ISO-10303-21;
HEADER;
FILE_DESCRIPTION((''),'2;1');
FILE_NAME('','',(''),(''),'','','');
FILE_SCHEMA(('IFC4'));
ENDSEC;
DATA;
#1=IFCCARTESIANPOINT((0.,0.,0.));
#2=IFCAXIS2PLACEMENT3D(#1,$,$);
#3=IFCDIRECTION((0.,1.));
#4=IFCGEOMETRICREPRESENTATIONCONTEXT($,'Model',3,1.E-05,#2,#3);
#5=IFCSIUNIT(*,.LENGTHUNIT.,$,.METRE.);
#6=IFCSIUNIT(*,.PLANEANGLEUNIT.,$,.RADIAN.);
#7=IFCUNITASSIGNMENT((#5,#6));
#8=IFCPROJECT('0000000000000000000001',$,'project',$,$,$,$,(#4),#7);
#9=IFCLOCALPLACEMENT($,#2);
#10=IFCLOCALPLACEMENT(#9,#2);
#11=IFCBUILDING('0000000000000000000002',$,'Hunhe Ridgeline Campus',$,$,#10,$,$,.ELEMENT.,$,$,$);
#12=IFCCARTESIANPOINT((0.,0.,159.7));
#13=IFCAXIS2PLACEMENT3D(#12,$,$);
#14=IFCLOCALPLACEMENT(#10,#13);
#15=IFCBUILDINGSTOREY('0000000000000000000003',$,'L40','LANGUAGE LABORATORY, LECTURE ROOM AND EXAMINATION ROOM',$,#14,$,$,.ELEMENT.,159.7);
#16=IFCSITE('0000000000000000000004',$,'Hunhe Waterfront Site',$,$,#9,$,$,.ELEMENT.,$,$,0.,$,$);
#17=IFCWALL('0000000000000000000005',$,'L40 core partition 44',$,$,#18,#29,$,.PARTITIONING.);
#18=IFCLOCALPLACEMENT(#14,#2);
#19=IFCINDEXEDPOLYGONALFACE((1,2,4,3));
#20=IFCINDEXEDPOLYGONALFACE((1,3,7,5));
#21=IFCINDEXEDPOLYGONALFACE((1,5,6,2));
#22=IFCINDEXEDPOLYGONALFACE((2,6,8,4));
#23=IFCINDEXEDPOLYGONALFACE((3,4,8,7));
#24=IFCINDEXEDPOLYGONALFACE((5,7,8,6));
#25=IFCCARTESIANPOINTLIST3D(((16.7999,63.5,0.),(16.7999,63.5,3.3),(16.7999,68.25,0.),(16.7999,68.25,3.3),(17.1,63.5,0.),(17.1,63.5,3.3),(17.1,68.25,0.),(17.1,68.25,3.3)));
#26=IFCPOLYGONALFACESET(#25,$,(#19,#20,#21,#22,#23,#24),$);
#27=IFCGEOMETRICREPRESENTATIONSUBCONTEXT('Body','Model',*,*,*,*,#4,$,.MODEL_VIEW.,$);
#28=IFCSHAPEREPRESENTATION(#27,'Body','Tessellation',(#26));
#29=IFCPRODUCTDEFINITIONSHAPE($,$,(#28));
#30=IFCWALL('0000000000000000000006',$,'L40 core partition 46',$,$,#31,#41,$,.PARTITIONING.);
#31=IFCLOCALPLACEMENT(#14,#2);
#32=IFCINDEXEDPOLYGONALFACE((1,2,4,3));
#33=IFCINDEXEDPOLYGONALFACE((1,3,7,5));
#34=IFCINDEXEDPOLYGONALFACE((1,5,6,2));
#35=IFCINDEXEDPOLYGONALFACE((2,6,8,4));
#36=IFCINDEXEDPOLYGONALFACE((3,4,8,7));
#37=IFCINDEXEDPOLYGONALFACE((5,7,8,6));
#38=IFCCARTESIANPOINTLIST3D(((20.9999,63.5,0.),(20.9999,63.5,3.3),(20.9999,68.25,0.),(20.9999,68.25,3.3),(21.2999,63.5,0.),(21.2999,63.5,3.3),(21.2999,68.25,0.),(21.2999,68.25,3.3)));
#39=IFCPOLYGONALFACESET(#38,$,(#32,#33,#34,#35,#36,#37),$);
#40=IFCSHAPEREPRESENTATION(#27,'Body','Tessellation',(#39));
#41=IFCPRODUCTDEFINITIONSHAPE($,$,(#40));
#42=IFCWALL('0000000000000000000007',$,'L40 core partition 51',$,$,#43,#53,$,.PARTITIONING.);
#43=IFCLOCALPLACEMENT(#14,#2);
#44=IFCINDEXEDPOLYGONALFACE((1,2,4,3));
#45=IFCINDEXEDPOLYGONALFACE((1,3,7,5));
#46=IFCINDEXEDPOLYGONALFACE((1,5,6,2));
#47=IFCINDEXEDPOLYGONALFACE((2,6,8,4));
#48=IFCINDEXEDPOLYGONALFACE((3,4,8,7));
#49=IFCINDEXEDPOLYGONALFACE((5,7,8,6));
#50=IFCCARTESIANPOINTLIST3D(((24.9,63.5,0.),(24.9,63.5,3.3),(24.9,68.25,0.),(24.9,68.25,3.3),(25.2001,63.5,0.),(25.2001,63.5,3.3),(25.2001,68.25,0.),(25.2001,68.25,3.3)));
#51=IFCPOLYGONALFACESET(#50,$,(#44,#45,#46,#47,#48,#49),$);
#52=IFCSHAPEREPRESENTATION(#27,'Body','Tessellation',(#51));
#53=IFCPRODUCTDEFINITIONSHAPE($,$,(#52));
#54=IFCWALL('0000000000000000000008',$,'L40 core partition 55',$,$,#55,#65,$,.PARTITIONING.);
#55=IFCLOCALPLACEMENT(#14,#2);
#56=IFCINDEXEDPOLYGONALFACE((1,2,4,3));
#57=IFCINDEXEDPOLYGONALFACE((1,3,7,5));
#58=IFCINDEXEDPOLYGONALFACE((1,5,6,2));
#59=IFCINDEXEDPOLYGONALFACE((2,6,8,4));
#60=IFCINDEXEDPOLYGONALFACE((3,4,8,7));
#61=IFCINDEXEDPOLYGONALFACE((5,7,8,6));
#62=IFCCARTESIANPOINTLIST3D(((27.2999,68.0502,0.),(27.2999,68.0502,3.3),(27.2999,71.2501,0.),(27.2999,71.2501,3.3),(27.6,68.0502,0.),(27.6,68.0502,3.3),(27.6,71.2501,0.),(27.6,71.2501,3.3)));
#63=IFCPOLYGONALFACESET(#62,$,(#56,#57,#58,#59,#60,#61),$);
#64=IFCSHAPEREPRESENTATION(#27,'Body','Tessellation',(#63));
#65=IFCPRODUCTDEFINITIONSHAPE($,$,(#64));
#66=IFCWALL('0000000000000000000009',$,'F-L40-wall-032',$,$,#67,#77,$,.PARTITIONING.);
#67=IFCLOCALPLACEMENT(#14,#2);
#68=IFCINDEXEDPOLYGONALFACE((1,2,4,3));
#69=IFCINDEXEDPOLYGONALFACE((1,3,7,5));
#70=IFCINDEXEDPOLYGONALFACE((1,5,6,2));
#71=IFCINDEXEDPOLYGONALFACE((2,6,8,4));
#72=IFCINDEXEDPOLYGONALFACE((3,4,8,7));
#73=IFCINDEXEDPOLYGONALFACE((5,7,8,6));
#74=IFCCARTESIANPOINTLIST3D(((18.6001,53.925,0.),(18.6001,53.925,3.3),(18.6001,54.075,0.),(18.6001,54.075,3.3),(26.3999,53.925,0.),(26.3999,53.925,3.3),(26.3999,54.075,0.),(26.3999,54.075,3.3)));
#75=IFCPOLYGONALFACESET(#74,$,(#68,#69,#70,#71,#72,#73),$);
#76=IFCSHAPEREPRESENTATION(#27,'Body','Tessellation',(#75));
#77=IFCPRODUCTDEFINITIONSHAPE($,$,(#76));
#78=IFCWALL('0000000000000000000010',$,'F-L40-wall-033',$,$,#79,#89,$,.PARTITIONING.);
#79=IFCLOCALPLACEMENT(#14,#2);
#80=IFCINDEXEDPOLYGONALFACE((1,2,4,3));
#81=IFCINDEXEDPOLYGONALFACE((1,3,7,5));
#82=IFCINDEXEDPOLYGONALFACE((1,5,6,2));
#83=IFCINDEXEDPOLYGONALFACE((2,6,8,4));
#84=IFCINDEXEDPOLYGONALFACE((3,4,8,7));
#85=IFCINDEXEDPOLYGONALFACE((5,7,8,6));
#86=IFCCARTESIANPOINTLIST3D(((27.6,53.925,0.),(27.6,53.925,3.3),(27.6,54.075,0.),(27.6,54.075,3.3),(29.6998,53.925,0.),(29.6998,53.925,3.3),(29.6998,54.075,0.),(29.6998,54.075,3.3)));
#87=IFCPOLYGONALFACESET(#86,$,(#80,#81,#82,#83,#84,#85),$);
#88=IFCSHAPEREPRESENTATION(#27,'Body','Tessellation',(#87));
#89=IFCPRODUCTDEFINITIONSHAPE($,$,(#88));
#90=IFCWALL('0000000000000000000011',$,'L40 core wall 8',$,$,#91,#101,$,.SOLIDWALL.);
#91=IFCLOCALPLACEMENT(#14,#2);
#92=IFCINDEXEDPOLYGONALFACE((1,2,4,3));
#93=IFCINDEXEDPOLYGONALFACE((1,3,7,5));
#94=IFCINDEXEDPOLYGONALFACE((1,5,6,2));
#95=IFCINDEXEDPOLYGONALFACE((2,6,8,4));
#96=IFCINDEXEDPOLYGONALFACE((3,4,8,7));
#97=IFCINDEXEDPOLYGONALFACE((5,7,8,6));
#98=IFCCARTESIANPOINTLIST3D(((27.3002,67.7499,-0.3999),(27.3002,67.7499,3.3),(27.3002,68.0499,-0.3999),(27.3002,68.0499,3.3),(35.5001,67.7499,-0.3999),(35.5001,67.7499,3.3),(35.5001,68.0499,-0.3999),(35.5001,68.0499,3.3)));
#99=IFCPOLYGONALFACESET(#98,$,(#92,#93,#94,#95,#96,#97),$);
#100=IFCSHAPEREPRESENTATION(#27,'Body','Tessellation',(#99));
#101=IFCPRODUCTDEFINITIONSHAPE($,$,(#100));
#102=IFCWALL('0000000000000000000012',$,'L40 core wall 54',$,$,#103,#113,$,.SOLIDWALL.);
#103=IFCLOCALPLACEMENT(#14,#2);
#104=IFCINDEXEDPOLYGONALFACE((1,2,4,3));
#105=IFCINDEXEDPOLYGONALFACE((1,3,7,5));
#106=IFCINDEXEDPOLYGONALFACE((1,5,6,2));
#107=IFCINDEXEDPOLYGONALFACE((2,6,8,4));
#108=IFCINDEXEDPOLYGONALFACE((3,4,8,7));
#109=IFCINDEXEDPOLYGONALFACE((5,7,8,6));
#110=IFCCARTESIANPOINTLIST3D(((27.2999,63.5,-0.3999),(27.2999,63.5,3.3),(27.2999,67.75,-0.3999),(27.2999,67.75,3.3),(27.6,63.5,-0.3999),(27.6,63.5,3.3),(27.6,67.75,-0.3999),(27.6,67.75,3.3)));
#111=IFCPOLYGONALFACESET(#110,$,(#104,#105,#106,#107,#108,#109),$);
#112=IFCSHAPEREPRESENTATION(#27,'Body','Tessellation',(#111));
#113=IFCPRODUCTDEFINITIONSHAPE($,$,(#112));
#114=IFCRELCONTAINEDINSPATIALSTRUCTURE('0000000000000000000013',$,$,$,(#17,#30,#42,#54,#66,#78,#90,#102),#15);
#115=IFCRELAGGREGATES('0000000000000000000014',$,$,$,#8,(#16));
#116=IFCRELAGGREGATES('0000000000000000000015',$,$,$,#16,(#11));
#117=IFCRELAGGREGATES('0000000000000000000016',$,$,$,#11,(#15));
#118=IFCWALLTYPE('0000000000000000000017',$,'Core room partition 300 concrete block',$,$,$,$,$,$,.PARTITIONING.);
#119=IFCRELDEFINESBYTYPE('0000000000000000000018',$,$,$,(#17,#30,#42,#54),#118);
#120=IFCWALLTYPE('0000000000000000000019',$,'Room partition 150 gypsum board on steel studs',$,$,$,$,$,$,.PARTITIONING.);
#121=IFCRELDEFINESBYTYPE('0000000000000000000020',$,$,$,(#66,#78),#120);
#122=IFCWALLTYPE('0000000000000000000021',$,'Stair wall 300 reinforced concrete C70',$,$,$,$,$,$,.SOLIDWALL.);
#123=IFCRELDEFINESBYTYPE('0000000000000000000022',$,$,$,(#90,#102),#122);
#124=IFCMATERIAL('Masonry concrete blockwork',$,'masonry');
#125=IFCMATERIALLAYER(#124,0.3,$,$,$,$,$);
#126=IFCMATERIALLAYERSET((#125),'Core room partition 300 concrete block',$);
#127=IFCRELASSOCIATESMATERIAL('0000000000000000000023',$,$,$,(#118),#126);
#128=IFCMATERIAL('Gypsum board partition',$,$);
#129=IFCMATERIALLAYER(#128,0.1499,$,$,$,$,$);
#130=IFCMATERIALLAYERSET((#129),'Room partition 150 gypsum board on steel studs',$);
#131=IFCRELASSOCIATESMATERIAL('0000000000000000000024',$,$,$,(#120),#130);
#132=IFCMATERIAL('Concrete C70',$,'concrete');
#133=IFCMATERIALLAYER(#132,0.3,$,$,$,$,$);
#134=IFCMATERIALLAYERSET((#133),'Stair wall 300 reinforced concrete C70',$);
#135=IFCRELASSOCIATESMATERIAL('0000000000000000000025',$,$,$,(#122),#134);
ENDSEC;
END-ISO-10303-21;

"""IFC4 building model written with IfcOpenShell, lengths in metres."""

from ifc_helpers import new_model, si_unit, direction, frame, frame_2d, origin, place, context, subcontext, project, spatial, rectangle, extrude, material, layer, layer_set, type_object, element, save


model = new_model("IFC4")

# Units and contexts
model_context = context("Model", 3, precision=1e-05, world=origin(), true_north=direction((0.0, 1.0)))
body_context = subcontext(model_context, "Body", "Model", "MODEL_VIEW")
ifc_project = project(units=[si_unit("LENGTHUNIT", "METRE"), si_unit("PLANEANGLEUNIT", "RADIAN")], contexts=[model_context])

# Site, building, storey
site_placement = place(None, origin())
site = spatial("IfcSite", under=ifc_project, at=site_placement, Name="Hunhe Waterfront Site", CompositionType="ELEMENT", RefElevation=0.0)
building_placement = place(site_placement, origin())
building = spatial("IfcBuilding", under=site, at=building_placement, Name="Hunhe Ridgeline Campus", CompositionType="ELEMENT")
storey_placement = place(building_placement, frame((0.0, 0.0, 159.7)))
storey = spatial("IfcBuildingStorey", under=building, at=storey_placement, Name="L40", Description="LANGUAGE LABORATORY, LECTURE ROOM AND EXAMINATION ROOM", CompositionType="ELEMENT", Elevation=159.7)

# Shared definitions
ifc_material_1 = material(Name="Masonry concrete blockwork", Category="masonry")
ifc_layer_1 = layer(ifc_material_1, 0.3)
ifc_layer_set_1 = layer_set([ifc_layer_1], Name="Core room partition 300 concrete block")
wall_type_1 = type_object("IfcWallType", Name="Core room partition 300 concrete block", PredefinedType="PARTITIONING", material=ifc_layer_set_1)

# Walls
for number, where, z_axis, x_axis, name in (
    (1, (16.95, 63.5, 0.0), (0.0, 0.0, 1.0), (0.0, 1.0, 0.0), "L40 core partition 44"),
    (2, (21.1499, 63.5, 0.0), (0.0, 0.0, 1.0), (0.0, 1.0, 0.0), "L40 core partition 46"),
    (3, (25.05, 63.5, 0.0), (0.0, 0.0, 1.0), (0.0, 1.0, 0.0), "L40 core partition 51"),
):
    element("IfcWall", number, at=place(storey_placement, frame(where, z_axis=z_axis, x_axis=x_axis)), inside=storey, type_object=wall_type_1, Name=name, PredefinedType="PARTITIONING", context=body_context, shape_type="SweptSolid", body=[
        extrude(rectangle(XDim=4.75, YDim=0.3, at=frame_2d((2.375, 0.0))), origin(), (0.0, 0.0, 1.0), 3.3),
    ])
wall_1_placement = place(storey_placement, frame((27.45, 68.05, 0.0), z_axis=(0.0, 0.0, 1.0), x_axis=(0.0, 1.0, 0.0)))
element("IfcWall", 4, at=wall_1_placement, inside=storey, type_object=wall_type_1, Name="L40 core partition 55", PredefinedType="PARTITIONING", context=body_context, shape_type="SweptSolid", body=[
    extrude(rectangle(XDim=3.2, YDim=0.3, at=frame_2d((1.6001, 0.0))), origin(), (0.0, 0.0, 1.0), 3.3),
])

# Shared definitions
ifc_material_2 = material(Name="Gypsum board partition")

# Walls
ifc_layer_2 = layer(ifc_material_2, 0.1499)
ifc_layer_set_2 = layer_set([ifc_layer_2], Name="Room partition 150 gypsum board on steel studs")
wall_type_2 = type_object("IfcWallType", Name="Room partition 150 gypsum board on steel studs", PredefinedType="PARTITIONING", material=ifc_layer_set_2)
wall_2_placement = place(storey_placement, frame((18.6001, 54.0, 0.0), z_axis=(0.0, 0.0, 1.0), x_axis=(1.0, 0.0, 0.0)))
element("IfcWall", 5, at=wall_2_placement, inside=storey, type_object=wall_type_2, Name="F-L40-wall-032", PredefinedType="PARTITIONING", context=body_context, shape_type="SweptSolid", body=[
    extrude(rectangle(XDim=7.7998, YDim=0.1499, at=frame_2d((3.8999, 0.0))), origin(), (0.0, 0.0, 1.0), 3.3),
])
wall_3_placement = place(storey_placement, frame((27.6001, 54.0, 0.0), z_axis=(0.0, 0.0, 1.0), x_axis=(1.0, 0.0, 0.0)))
element("IfcWall", 6, at=wall_3_placement, inside=storey, type_object=wall_type_2, Name="F-L40-wall-033", PredefinedType="PARTITIONING", context=body_context, shape_type="SweptSolid", body=[
    extrude(rectangle(XDim=2.0999, YDim=0.1499, at=frame_2d((1.0498, 0.0))), origin(), (0.0, 0.0, 1.0), 3.3),
])
ifc_material_3 = material(Name="Concrete C70", Category="concrete")
ifc_layer_3 = layer(ifc_material_3, 0.3)
ifc_layer_set_3 = layer_set([ifc_layer_3], Name="Stair wall 300 reinforced concrete C70")
wall_type_3 = type_object("IfcWallType", Name="Stair wall 300 reinforced concrete C70", PredefinedType="SOLIDWALL", material=ifc_layer_set_3)
wall_4_placement = place(storey_placement, frame((27.3, 67.8999, -0.3999), z_axis=(0.0, 0.0, 1.0), x_axis=(1.0, 0.0, 0.0)))
element("IfcWall", 7, at=wall_4_placement, inside=storey, type_object=wall_type_3, Name="L40 core wall 8", PredefinedType="SOLIDWALL", context=body_context, shape_type="SweptSolid", body=[
    extrude(rectangle(XDim=8.2, YDim=0.3, at=frame_2d((4.1001, 0.0))), origin(), (0.0, 0.0, 1.0), 3.7),
])
wall_5_placement = place(storey_placement, frame((27.45, 63.5, -0.3999), z_axis=(0.0, 0.0, 1.0), x_axis=(0.0, 1.0, 0.0)))
element("IfcWall", 8, at=wall_5_placement, inside=storey, type_object=wall_type_3, Name="L40 core wall 54", PredefinedType="SOLIDWALL", context=body_context, shape_type="SweptSolid", body=[
    extrude(rectangle(XDim=4.25, YDim=0.3, at=frame_2d((2.125, 0.0))), origin(), (0.0, 0.0, 1.0), 3.7),
])

save(model, "model.ifc")
